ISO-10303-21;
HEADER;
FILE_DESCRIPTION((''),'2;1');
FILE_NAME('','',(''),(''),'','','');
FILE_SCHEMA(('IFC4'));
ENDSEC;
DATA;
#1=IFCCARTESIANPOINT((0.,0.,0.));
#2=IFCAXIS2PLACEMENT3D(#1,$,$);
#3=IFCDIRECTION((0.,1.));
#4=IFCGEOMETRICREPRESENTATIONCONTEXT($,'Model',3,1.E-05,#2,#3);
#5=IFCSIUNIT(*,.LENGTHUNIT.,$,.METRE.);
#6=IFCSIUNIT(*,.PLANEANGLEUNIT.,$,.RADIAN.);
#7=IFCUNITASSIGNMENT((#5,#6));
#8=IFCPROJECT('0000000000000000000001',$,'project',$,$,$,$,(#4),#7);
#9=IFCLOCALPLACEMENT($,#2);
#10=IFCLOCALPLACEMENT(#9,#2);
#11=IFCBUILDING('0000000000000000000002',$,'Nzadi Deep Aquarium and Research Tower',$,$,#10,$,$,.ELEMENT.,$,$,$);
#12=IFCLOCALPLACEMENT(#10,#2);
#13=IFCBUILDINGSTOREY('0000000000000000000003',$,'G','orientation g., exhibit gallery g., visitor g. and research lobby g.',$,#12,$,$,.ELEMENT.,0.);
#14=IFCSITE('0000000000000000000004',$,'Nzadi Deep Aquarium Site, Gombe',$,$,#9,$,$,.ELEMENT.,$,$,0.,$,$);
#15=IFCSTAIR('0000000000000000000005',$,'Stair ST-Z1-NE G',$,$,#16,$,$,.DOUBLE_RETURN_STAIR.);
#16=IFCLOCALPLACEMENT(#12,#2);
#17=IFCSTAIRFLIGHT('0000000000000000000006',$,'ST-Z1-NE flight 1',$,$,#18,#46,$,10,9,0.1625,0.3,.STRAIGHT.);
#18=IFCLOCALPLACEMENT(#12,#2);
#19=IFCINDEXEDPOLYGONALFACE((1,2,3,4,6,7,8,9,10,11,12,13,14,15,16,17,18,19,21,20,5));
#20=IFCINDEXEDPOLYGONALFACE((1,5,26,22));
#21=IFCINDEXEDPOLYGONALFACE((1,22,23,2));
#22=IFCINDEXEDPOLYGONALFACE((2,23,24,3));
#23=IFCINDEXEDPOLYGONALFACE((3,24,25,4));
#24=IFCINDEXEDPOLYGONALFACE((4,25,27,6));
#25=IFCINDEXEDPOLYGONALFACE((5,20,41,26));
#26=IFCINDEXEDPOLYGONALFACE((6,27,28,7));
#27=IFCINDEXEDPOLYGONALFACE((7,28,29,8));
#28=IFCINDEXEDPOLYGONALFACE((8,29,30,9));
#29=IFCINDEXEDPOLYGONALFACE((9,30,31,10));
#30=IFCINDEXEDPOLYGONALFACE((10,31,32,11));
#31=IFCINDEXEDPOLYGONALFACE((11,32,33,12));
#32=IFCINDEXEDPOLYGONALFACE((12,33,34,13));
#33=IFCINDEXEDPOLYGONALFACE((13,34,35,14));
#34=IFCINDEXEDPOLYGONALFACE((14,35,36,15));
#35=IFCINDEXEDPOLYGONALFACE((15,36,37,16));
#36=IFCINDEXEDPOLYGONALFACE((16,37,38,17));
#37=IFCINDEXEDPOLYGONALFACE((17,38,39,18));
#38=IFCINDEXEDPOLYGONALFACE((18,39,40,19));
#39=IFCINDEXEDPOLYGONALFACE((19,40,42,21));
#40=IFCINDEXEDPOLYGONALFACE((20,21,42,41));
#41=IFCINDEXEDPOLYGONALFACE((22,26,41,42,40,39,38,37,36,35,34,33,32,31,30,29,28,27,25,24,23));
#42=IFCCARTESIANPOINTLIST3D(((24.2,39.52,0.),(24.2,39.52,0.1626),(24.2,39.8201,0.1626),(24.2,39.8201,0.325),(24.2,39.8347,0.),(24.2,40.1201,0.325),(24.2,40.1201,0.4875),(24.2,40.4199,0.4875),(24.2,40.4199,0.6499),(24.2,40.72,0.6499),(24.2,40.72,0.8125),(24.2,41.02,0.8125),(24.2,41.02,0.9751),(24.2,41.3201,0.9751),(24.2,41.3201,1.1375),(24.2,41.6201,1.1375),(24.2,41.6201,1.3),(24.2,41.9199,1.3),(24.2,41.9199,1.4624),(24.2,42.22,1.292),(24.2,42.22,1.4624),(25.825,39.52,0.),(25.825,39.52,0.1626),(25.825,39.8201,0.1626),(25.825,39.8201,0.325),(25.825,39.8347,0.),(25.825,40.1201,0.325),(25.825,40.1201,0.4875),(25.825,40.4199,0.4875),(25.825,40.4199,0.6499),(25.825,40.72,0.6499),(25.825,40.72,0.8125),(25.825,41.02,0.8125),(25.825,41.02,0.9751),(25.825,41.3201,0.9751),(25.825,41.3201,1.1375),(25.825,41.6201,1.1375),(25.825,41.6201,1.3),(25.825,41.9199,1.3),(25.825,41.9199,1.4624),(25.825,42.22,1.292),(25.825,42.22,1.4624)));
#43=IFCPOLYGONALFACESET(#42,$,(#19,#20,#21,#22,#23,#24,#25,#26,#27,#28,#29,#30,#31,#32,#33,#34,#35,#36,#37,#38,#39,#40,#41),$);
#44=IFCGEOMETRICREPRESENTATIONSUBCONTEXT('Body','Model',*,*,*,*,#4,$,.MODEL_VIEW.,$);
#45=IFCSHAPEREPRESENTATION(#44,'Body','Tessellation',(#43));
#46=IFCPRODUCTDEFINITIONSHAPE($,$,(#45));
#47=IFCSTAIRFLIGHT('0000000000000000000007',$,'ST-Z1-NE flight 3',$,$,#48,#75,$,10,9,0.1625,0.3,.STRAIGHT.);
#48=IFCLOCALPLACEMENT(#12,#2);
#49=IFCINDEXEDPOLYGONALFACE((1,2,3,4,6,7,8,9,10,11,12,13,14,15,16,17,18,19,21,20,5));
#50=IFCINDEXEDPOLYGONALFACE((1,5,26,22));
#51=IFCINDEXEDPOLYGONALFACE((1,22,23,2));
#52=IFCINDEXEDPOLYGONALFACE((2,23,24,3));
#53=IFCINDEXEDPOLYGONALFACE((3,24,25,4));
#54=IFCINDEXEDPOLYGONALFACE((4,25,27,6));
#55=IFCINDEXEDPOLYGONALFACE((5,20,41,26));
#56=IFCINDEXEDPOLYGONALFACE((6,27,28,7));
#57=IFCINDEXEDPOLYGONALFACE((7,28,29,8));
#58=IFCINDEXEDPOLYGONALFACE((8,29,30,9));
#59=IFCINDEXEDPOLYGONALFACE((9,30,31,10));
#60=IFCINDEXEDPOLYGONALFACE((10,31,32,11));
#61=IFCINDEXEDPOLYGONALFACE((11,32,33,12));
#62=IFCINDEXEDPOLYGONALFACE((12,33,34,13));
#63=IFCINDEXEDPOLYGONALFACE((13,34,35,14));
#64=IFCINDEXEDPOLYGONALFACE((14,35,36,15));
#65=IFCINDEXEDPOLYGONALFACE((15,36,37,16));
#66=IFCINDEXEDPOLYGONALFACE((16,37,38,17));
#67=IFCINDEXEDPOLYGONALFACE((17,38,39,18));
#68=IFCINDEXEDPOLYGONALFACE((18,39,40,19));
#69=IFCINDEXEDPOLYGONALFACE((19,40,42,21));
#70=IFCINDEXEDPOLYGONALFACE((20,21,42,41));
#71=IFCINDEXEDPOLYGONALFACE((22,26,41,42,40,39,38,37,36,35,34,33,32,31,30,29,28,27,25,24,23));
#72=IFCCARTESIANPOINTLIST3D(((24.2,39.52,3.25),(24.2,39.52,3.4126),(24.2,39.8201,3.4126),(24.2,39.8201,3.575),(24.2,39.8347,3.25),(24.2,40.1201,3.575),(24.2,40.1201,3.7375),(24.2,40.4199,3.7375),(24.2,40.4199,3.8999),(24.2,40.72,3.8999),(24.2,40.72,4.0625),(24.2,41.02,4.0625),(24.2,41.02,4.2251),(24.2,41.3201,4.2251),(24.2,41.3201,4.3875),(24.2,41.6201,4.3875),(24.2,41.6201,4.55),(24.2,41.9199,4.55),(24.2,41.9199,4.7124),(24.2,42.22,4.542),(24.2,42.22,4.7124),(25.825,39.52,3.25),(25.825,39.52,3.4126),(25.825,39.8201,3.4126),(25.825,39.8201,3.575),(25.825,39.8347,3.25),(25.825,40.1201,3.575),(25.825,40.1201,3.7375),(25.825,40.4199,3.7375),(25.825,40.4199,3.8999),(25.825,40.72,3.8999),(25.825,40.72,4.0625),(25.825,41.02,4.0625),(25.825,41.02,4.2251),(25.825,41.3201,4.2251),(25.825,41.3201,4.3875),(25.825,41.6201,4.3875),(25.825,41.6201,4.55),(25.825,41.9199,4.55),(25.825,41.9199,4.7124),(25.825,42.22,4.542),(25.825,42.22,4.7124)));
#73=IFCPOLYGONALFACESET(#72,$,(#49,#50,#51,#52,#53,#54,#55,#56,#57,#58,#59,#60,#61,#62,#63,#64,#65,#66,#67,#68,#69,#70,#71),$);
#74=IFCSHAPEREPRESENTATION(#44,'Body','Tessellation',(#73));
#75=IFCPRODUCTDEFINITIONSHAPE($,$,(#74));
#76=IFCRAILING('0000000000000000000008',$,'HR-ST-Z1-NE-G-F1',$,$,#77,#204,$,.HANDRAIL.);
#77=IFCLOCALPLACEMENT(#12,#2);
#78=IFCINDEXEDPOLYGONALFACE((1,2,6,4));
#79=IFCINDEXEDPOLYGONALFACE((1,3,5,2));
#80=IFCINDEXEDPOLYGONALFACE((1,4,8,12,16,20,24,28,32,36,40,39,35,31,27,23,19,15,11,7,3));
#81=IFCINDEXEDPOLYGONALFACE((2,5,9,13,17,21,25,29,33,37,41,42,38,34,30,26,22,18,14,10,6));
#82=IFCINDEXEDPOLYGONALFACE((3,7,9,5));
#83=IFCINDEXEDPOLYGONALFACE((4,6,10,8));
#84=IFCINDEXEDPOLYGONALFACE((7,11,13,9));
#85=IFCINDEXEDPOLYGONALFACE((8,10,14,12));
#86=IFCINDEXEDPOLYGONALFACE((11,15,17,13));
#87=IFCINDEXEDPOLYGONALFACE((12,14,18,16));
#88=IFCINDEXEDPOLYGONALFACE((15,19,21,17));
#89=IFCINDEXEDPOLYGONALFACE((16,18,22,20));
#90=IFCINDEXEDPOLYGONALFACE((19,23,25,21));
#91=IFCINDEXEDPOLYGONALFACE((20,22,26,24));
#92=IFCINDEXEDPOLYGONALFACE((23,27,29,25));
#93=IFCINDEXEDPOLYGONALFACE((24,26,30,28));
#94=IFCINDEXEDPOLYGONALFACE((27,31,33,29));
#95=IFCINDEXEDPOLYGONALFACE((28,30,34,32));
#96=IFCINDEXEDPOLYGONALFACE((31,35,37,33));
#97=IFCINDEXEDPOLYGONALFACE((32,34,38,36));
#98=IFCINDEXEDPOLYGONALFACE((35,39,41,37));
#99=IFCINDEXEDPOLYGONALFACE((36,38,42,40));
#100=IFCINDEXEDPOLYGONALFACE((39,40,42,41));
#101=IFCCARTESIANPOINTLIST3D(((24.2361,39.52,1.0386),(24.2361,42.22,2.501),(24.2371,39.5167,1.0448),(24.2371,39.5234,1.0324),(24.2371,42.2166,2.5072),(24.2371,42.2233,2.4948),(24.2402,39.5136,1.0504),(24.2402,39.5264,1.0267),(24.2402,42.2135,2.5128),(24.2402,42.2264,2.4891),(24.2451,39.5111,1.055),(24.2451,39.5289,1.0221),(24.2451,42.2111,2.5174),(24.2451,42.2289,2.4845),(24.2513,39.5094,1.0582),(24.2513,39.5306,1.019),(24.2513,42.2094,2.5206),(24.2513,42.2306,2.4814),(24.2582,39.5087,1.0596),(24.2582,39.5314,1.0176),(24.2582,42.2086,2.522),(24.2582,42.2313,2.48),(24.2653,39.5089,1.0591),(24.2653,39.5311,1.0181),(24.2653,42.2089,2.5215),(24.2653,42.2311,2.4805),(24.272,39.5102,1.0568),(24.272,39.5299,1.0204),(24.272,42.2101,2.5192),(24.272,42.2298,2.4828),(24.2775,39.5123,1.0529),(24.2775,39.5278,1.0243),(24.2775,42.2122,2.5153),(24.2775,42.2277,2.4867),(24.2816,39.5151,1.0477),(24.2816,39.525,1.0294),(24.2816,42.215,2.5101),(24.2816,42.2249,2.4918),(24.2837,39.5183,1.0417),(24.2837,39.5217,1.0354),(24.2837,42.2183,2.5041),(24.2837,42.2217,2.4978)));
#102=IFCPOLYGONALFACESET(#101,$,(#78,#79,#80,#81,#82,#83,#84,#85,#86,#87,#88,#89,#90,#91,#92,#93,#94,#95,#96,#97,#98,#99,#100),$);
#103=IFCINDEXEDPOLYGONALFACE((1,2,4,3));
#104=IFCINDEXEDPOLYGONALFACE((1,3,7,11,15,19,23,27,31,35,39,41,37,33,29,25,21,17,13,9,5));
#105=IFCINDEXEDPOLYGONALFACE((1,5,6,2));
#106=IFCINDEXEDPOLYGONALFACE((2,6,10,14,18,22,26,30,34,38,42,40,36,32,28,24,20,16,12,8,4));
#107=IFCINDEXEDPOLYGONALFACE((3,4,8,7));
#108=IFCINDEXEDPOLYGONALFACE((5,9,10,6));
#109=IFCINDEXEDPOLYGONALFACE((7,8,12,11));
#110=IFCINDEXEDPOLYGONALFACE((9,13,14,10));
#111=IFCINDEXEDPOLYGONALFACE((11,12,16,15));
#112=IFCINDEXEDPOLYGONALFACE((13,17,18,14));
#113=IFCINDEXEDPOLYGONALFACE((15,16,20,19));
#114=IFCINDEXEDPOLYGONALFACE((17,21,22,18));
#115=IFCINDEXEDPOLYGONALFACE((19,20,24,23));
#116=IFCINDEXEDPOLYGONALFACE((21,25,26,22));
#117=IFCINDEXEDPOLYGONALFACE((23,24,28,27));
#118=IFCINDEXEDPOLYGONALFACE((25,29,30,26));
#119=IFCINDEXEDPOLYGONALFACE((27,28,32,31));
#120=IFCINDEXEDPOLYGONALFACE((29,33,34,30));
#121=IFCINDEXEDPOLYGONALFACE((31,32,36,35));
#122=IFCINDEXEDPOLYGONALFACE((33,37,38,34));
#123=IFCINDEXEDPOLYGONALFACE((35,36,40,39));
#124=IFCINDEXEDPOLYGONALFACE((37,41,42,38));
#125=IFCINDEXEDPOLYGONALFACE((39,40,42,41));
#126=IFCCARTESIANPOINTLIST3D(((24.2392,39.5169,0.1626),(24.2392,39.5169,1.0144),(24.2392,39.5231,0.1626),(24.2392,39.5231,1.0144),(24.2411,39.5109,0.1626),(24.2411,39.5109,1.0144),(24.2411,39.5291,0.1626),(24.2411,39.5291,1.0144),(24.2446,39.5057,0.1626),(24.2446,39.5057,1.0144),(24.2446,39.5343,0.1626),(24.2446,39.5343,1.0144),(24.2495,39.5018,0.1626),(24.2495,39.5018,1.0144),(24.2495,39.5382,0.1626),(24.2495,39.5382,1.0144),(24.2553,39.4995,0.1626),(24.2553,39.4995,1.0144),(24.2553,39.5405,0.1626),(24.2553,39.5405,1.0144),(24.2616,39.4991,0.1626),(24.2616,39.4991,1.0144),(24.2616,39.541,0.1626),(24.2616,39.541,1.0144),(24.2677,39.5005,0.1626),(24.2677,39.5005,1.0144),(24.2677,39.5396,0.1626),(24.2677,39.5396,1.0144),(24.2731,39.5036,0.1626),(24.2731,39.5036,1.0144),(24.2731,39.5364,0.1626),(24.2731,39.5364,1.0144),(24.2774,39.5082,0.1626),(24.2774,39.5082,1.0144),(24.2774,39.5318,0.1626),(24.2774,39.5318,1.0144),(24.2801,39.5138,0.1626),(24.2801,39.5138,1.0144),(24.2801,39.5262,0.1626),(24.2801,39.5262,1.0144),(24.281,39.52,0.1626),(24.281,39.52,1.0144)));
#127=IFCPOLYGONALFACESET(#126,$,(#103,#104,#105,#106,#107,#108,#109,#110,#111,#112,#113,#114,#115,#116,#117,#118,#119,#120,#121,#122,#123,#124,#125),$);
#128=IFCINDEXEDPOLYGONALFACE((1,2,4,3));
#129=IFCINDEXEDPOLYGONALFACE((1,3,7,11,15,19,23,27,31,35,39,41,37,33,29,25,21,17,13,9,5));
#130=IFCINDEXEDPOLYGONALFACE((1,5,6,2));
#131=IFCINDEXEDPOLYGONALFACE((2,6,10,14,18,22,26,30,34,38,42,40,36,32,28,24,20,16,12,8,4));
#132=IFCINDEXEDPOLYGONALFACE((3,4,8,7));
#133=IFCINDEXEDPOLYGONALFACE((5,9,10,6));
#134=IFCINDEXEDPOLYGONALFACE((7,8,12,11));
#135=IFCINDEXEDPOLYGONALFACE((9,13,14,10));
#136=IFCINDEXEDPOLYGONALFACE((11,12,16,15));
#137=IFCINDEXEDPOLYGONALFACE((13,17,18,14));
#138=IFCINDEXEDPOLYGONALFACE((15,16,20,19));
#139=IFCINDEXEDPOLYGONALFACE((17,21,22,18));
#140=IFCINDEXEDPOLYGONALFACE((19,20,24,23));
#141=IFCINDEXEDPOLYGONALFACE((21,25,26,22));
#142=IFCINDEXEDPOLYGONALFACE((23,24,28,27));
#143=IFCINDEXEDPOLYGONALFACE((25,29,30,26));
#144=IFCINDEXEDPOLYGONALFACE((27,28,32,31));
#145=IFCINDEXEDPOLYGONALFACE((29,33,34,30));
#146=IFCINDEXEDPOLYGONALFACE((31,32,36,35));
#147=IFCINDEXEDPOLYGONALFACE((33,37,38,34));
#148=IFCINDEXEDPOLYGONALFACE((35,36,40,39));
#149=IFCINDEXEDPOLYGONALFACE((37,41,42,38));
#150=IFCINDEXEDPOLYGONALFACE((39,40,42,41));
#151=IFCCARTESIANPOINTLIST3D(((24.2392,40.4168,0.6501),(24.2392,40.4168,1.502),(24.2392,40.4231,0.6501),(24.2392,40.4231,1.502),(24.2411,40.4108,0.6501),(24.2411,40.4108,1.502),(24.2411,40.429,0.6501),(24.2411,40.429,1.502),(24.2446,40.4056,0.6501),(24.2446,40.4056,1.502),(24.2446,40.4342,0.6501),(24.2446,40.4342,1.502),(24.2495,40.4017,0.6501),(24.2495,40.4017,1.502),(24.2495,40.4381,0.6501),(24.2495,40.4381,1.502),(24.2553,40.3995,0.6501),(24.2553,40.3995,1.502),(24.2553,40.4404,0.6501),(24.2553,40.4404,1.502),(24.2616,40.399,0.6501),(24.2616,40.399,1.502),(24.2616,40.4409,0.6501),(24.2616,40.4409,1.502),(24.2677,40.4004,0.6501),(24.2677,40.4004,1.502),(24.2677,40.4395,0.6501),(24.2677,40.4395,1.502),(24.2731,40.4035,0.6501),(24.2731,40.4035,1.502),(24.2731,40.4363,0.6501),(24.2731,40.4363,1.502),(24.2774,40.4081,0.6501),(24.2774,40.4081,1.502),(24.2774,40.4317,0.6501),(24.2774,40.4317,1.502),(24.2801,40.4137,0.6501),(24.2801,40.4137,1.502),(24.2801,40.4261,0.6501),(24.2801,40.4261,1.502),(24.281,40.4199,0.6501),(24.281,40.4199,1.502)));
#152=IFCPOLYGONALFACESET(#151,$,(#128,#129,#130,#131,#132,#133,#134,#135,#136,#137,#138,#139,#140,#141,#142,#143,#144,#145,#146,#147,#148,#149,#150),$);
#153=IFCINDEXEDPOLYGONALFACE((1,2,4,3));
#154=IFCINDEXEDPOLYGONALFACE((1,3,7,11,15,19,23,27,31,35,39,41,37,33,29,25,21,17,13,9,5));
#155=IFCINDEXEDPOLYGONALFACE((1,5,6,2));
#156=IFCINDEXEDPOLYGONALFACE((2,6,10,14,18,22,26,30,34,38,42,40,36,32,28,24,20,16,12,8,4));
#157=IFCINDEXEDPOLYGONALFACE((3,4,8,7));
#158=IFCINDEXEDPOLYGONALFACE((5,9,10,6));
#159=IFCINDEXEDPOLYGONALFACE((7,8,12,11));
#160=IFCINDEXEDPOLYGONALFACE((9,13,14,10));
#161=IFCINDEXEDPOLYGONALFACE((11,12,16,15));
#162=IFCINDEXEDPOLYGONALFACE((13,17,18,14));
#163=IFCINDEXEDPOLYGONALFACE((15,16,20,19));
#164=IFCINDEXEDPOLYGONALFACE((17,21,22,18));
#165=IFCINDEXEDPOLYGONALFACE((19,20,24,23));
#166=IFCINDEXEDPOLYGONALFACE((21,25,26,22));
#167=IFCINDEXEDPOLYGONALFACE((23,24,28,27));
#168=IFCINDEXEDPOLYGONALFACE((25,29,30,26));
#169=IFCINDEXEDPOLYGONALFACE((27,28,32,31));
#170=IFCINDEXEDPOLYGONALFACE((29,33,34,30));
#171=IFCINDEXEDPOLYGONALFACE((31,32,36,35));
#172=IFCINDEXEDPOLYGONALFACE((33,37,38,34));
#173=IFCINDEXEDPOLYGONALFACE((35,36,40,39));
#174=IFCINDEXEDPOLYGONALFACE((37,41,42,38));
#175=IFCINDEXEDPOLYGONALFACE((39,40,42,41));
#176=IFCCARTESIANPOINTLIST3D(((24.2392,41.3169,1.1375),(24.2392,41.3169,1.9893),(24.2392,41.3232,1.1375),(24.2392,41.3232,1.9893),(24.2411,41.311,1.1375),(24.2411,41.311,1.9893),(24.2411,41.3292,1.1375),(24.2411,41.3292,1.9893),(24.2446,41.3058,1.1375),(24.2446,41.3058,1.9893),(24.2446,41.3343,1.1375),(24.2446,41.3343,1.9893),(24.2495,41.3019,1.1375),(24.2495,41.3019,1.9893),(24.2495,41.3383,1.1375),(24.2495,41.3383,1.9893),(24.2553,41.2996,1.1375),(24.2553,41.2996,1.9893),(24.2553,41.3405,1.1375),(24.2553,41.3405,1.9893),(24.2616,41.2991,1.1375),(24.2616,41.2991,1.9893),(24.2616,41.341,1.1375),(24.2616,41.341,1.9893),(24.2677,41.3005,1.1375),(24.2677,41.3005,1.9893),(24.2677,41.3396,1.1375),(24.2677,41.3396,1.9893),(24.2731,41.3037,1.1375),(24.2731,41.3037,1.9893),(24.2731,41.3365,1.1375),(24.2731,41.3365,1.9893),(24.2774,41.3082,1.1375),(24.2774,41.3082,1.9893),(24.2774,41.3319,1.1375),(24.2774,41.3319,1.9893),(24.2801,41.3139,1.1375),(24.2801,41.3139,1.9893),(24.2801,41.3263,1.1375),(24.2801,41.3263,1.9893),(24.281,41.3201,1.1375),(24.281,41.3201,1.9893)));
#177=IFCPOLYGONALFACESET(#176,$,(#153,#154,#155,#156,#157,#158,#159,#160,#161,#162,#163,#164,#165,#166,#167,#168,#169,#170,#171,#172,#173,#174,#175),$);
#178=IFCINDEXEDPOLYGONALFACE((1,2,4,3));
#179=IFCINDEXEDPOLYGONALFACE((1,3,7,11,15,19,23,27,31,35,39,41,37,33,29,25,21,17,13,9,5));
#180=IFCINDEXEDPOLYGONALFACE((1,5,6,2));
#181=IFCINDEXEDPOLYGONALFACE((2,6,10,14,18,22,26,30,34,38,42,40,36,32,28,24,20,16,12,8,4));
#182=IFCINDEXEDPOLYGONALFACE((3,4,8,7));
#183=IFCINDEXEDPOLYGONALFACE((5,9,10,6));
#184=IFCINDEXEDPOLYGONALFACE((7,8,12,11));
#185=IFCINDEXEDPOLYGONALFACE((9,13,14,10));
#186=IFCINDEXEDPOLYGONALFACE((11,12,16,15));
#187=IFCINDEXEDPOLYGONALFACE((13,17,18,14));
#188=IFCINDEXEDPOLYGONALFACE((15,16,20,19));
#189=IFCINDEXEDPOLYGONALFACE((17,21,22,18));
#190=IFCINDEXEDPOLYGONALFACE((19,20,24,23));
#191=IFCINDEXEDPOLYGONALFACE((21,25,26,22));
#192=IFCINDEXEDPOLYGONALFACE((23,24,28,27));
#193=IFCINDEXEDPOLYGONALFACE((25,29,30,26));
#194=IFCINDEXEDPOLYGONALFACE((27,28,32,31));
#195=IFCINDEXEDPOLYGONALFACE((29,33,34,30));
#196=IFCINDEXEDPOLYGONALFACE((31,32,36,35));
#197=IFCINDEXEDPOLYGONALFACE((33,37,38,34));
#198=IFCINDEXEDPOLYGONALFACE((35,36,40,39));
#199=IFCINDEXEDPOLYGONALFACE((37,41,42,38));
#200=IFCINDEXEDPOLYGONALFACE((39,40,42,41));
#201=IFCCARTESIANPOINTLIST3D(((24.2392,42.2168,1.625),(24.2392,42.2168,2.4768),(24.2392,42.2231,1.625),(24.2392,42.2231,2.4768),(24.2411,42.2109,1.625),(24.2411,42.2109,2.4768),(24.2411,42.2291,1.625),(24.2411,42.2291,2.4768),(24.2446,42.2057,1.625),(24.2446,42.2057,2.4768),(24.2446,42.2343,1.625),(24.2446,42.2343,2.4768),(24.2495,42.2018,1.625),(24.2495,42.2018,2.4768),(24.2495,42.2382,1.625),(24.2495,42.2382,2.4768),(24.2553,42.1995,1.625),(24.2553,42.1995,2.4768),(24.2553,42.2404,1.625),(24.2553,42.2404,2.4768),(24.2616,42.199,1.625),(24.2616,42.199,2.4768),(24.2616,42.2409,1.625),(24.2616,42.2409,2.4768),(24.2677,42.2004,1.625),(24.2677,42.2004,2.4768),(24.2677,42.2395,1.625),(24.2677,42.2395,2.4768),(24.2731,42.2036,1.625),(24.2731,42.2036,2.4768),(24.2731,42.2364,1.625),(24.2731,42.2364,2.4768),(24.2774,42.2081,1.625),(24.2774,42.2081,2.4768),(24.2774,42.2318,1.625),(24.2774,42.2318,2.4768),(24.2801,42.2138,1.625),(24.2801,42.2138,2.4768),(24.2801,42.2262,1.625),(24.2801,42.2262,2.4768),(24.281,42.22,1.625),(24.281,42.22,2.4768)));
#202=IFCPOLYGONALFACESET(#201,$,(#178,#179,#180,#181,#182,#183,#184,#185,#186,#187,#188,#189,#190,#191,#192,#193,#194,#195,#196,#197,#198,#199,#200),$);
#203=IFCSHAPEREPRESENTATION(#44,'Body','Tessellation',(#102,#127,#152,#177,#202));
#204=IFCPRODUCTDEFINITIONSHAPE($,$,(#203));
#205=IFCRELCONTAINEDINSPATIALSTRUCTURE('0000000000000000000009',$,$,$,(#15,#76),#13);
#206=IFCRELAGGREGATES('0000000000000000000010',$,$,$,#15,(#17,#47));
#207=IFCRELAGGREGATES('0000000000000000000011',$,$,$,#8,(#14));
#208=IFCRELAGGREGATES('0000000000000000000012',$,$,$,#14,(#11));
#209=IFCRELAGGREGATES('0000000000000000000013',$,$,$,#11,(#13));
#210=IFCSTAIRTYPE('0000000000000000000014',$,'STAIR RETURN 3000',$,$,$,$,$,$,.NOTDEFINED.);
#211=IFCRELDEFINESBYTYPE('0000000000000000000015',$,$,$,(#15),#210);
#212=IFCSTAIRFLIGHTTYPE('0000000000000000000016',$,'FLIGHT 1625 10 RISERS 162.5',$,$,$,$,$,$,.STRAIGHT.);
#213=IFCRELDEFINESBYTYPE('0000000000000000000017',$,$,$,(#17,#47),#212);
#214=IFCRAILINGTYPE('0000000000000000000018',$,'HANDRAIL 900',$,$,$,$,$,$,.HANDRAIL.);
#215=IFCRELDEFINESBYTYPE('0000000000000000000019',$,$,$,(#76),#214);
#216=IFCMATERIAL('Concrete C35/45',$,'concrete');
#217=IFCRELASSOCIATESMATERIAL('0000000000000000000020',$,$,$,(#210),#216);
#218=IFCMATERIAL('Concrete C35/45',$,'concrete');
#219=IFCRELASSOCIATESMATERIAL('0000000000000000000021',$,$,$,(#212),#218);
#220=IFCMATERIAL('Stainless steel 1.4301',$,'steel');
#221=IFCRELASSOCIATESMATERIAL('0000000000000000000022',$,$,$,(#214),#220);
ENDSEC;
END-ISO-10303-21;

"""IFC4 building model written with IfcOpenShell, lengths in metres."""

from ifc_helpers import new_model, si_unit, direction, frame, origin, origin_2d, place, context, subcontext, project, spatial, polyline, circle, outline, extrude, material, type_object, element, aggregate, save


model = new_model("IFC4")

# Units and contexts
model_context = context("Model", 3, precision=1e-05, world=origin(), true_north=direction((0.0, 1.0)))
body_context = subcontext(model_context, "Body", "Model", "MODEL_VIEW")
ifc_project = project(units=[si_unit("LENGTHUNIT", "METRE"), si_unit("PLANEANGLEUNIT", "RADIAN")], contexts=[model_context])

# Site, building, storey
site_placement = place(None, origin())
site = spatial("IfcSite", under=ifc_project, at=site_placement, Name="Nzadi Deep Aquarium Site, Gombe", CompositionType="ELEMENT", RefElevation=0.0)
building_placement = place(site_placement, origin())
building = spatial("IfcBuilding", under=site, at=building_placement, Name="Nzadi Deep Aquarium and Research Tower", CompositionType="ELEMENT")
storey_placement = place(building_placement, origin())
storey = spatial("IfcBuildingStorey", under=building, at=storey_placement, Name="G", Description="orientation g., exhibit gallery g., visitor g. and research lobby g.", CompositionType="ELEMENT", Elevation=0.0)

# Stair, stair flights
ifc_material_1 = material(Name="Concrete C35/45", Category="concrete")
stair_type = type_object("IfcStairType", Name="STAIR RETURN 3000", PredefinedType="NOTDEFINED", material=ifc_material_1)
stair_placement = place(storey_placement, origin())
stair = element("IfcStair", 1, at=stair_placement, inside=storey, type_object=stair_type, Name="Stair ST-Z1-NE G", PredefinedType="DOUBLE_RETURN_STAIR")
ifc_material_2 = material(Name="Concrete C35/45", Category="concrete")
stair_flight_type = type_object("IfcStairFlightType", Name="FLIGHT 1625 10 RISERS 162.5", PredefinedType="STRAIGHT", material=ifc_material_2)
stair_flight_1_placement = place(storey_placement, frame((25.0125, 39.52, 0.0), z_axis=(0.0, 0.0, 1.0), x_axis=(0.0, 1.0, 0.0)))
stair_flight_1 = element("IfcStairFlight", 2, at=stair_flight_1_placement, type_object=stair_flight_type, Name="ST-Z1-NE flight 1", NumberOfRisers=10, NumberOfTreads=9, PredefinedType="STRAIGHT", RiserHeight=0.1625, TreadLength=0.3, context=body_context, shape_type="SweptSolid", body=[
    extrude(outline(polyline([(0.0, 0.0), (0.0, 0.1626), (0.3, 0.1626), (0.3, 0.325), (0.6001, 0.325), (0.6001, 0.4875), (0.8999, 0.4875), (0.8999, 0.6499), (1.2, 0.6499), (1.2, 0.8125), (1.5, 0.8125), (1.5, 0.9751), (1.8, 0.9751), (1.8, 1.1375), (2.1001, 1.1375), (2.1001, 1.3), (2.3999, 1.3), (2.3999, 1.4624), (2.7, 1.4624), (2.7, 1.625), (2.7, 1.292), (0.3147, 0.0), (0.0, 0.0)])), frame((0.0, 0.8125, 0.0), z_axis=(0.0, -1.0, 0.0), x_axis=(1.0, 0.0, 0.0)), (0.0, 0.0, 1.0), 1.625),
])
stair_flight_2_placement = place(storey_placement, frame((25.0125, 39.52, 3.25), z_axis=(0.0, 0.0, 1.0), x_axis=(0.0, 1.0, 0.0)))
stair_flight_2 = element("IfcStairFlight", 3, at=stair_flight_2_placement, type_object=stair_flight_type, Name="ST-Z1-NE flight 3", NumberOfRisers=10, NumberOfTreads=9, PredefinedType="STRAIGHT", RiserHeight=0.1625, TreadLength=0.3, context=body_context, shape_type="SweptSolid", body=[
    extrude(outline(polyline([(0.0, 0.0), (0.0, 0.1626), (0.3, 0.1626), (0.3, 0.325), (0.6001, 0.325), (0.6001, 0.4875), (0.8999, 0.4875), (0.8999, 0.6499), (1.2, 0.6499), (1.2, 0.8125), (1.5, 0.8125), (1.5, 0.9751), (1.8, 0.9751), (1.8, 1.1375), (2.1001, 1.1375), (2.1001, 1.3), (2.3999, 1.3), (2.3999, 1.4624), (2.7, 1.4624), (2.7, 1.625), (2.7, 1.292), (0.3147, 0.0), (0.0, 0.0)])), frame((0.0, 0.8125, 0.0), z_axis=(0.0, -1.0, 0.0), x_axis=(1.0, 0.0, 0.0)), (0.0, 0.0, 1.0), 1.625),
])
aggregate(stair, [stair_flight_1, stair_flight_2])

# Railing
ifc_material_3 = material(Name="Stainless steel 1.4301", Category="steel")
railing_type = type_object("IfcRailingType", Name="HANDRAIL 900", PredefinedType="HANDRAIL", material=ifc_material_3)
for number, where, name in (
    (4, (24.26, 39.52, 0.1626), "HR-ST-Z1-NE-G-F1"),
):
    element("IfcRailing", number, at=place(storey_placement, frame(where)), inside=storey, type_object=railing_type, Name=name, PredefinedType="HANDRAIL", context=body_context, shape_type="SweptSolid", body=[
        extrude(circle(Radius=0.0239, at=origin_2d()), frame((0.0, 0.0, 0.876), z_axis=(0.0, 0.879302, 0.476265), x_axis=(-1.0, 0.0, 0.0)), (0.0, 0.0, 1.0), 3.0706),
        extrude(circle(Radius=0.021, at=origin_2d()), origin(), (0.0, 0.0, 1.0), 0.8518),
        extrude(circle(Radius=0.021, at=origin_2d()), frame((0.0, 0.8999, 0.4875)), (0.0, 0.0, 1.0), 0.8518),
        extrude(circle(Radius=0.021, at=origin_2d()), frame((0.0, 1.8, 0.9749)), (0.0, 0.0, 1.0), 0.8518),
        extrude(circle(Radius=0.021, at=origin_2d()), frame((0.0, 2.7, 1.4624)), (0.0, 0.0, 1.0), 0.8518),
    ])

save(model, "model.ifc")
